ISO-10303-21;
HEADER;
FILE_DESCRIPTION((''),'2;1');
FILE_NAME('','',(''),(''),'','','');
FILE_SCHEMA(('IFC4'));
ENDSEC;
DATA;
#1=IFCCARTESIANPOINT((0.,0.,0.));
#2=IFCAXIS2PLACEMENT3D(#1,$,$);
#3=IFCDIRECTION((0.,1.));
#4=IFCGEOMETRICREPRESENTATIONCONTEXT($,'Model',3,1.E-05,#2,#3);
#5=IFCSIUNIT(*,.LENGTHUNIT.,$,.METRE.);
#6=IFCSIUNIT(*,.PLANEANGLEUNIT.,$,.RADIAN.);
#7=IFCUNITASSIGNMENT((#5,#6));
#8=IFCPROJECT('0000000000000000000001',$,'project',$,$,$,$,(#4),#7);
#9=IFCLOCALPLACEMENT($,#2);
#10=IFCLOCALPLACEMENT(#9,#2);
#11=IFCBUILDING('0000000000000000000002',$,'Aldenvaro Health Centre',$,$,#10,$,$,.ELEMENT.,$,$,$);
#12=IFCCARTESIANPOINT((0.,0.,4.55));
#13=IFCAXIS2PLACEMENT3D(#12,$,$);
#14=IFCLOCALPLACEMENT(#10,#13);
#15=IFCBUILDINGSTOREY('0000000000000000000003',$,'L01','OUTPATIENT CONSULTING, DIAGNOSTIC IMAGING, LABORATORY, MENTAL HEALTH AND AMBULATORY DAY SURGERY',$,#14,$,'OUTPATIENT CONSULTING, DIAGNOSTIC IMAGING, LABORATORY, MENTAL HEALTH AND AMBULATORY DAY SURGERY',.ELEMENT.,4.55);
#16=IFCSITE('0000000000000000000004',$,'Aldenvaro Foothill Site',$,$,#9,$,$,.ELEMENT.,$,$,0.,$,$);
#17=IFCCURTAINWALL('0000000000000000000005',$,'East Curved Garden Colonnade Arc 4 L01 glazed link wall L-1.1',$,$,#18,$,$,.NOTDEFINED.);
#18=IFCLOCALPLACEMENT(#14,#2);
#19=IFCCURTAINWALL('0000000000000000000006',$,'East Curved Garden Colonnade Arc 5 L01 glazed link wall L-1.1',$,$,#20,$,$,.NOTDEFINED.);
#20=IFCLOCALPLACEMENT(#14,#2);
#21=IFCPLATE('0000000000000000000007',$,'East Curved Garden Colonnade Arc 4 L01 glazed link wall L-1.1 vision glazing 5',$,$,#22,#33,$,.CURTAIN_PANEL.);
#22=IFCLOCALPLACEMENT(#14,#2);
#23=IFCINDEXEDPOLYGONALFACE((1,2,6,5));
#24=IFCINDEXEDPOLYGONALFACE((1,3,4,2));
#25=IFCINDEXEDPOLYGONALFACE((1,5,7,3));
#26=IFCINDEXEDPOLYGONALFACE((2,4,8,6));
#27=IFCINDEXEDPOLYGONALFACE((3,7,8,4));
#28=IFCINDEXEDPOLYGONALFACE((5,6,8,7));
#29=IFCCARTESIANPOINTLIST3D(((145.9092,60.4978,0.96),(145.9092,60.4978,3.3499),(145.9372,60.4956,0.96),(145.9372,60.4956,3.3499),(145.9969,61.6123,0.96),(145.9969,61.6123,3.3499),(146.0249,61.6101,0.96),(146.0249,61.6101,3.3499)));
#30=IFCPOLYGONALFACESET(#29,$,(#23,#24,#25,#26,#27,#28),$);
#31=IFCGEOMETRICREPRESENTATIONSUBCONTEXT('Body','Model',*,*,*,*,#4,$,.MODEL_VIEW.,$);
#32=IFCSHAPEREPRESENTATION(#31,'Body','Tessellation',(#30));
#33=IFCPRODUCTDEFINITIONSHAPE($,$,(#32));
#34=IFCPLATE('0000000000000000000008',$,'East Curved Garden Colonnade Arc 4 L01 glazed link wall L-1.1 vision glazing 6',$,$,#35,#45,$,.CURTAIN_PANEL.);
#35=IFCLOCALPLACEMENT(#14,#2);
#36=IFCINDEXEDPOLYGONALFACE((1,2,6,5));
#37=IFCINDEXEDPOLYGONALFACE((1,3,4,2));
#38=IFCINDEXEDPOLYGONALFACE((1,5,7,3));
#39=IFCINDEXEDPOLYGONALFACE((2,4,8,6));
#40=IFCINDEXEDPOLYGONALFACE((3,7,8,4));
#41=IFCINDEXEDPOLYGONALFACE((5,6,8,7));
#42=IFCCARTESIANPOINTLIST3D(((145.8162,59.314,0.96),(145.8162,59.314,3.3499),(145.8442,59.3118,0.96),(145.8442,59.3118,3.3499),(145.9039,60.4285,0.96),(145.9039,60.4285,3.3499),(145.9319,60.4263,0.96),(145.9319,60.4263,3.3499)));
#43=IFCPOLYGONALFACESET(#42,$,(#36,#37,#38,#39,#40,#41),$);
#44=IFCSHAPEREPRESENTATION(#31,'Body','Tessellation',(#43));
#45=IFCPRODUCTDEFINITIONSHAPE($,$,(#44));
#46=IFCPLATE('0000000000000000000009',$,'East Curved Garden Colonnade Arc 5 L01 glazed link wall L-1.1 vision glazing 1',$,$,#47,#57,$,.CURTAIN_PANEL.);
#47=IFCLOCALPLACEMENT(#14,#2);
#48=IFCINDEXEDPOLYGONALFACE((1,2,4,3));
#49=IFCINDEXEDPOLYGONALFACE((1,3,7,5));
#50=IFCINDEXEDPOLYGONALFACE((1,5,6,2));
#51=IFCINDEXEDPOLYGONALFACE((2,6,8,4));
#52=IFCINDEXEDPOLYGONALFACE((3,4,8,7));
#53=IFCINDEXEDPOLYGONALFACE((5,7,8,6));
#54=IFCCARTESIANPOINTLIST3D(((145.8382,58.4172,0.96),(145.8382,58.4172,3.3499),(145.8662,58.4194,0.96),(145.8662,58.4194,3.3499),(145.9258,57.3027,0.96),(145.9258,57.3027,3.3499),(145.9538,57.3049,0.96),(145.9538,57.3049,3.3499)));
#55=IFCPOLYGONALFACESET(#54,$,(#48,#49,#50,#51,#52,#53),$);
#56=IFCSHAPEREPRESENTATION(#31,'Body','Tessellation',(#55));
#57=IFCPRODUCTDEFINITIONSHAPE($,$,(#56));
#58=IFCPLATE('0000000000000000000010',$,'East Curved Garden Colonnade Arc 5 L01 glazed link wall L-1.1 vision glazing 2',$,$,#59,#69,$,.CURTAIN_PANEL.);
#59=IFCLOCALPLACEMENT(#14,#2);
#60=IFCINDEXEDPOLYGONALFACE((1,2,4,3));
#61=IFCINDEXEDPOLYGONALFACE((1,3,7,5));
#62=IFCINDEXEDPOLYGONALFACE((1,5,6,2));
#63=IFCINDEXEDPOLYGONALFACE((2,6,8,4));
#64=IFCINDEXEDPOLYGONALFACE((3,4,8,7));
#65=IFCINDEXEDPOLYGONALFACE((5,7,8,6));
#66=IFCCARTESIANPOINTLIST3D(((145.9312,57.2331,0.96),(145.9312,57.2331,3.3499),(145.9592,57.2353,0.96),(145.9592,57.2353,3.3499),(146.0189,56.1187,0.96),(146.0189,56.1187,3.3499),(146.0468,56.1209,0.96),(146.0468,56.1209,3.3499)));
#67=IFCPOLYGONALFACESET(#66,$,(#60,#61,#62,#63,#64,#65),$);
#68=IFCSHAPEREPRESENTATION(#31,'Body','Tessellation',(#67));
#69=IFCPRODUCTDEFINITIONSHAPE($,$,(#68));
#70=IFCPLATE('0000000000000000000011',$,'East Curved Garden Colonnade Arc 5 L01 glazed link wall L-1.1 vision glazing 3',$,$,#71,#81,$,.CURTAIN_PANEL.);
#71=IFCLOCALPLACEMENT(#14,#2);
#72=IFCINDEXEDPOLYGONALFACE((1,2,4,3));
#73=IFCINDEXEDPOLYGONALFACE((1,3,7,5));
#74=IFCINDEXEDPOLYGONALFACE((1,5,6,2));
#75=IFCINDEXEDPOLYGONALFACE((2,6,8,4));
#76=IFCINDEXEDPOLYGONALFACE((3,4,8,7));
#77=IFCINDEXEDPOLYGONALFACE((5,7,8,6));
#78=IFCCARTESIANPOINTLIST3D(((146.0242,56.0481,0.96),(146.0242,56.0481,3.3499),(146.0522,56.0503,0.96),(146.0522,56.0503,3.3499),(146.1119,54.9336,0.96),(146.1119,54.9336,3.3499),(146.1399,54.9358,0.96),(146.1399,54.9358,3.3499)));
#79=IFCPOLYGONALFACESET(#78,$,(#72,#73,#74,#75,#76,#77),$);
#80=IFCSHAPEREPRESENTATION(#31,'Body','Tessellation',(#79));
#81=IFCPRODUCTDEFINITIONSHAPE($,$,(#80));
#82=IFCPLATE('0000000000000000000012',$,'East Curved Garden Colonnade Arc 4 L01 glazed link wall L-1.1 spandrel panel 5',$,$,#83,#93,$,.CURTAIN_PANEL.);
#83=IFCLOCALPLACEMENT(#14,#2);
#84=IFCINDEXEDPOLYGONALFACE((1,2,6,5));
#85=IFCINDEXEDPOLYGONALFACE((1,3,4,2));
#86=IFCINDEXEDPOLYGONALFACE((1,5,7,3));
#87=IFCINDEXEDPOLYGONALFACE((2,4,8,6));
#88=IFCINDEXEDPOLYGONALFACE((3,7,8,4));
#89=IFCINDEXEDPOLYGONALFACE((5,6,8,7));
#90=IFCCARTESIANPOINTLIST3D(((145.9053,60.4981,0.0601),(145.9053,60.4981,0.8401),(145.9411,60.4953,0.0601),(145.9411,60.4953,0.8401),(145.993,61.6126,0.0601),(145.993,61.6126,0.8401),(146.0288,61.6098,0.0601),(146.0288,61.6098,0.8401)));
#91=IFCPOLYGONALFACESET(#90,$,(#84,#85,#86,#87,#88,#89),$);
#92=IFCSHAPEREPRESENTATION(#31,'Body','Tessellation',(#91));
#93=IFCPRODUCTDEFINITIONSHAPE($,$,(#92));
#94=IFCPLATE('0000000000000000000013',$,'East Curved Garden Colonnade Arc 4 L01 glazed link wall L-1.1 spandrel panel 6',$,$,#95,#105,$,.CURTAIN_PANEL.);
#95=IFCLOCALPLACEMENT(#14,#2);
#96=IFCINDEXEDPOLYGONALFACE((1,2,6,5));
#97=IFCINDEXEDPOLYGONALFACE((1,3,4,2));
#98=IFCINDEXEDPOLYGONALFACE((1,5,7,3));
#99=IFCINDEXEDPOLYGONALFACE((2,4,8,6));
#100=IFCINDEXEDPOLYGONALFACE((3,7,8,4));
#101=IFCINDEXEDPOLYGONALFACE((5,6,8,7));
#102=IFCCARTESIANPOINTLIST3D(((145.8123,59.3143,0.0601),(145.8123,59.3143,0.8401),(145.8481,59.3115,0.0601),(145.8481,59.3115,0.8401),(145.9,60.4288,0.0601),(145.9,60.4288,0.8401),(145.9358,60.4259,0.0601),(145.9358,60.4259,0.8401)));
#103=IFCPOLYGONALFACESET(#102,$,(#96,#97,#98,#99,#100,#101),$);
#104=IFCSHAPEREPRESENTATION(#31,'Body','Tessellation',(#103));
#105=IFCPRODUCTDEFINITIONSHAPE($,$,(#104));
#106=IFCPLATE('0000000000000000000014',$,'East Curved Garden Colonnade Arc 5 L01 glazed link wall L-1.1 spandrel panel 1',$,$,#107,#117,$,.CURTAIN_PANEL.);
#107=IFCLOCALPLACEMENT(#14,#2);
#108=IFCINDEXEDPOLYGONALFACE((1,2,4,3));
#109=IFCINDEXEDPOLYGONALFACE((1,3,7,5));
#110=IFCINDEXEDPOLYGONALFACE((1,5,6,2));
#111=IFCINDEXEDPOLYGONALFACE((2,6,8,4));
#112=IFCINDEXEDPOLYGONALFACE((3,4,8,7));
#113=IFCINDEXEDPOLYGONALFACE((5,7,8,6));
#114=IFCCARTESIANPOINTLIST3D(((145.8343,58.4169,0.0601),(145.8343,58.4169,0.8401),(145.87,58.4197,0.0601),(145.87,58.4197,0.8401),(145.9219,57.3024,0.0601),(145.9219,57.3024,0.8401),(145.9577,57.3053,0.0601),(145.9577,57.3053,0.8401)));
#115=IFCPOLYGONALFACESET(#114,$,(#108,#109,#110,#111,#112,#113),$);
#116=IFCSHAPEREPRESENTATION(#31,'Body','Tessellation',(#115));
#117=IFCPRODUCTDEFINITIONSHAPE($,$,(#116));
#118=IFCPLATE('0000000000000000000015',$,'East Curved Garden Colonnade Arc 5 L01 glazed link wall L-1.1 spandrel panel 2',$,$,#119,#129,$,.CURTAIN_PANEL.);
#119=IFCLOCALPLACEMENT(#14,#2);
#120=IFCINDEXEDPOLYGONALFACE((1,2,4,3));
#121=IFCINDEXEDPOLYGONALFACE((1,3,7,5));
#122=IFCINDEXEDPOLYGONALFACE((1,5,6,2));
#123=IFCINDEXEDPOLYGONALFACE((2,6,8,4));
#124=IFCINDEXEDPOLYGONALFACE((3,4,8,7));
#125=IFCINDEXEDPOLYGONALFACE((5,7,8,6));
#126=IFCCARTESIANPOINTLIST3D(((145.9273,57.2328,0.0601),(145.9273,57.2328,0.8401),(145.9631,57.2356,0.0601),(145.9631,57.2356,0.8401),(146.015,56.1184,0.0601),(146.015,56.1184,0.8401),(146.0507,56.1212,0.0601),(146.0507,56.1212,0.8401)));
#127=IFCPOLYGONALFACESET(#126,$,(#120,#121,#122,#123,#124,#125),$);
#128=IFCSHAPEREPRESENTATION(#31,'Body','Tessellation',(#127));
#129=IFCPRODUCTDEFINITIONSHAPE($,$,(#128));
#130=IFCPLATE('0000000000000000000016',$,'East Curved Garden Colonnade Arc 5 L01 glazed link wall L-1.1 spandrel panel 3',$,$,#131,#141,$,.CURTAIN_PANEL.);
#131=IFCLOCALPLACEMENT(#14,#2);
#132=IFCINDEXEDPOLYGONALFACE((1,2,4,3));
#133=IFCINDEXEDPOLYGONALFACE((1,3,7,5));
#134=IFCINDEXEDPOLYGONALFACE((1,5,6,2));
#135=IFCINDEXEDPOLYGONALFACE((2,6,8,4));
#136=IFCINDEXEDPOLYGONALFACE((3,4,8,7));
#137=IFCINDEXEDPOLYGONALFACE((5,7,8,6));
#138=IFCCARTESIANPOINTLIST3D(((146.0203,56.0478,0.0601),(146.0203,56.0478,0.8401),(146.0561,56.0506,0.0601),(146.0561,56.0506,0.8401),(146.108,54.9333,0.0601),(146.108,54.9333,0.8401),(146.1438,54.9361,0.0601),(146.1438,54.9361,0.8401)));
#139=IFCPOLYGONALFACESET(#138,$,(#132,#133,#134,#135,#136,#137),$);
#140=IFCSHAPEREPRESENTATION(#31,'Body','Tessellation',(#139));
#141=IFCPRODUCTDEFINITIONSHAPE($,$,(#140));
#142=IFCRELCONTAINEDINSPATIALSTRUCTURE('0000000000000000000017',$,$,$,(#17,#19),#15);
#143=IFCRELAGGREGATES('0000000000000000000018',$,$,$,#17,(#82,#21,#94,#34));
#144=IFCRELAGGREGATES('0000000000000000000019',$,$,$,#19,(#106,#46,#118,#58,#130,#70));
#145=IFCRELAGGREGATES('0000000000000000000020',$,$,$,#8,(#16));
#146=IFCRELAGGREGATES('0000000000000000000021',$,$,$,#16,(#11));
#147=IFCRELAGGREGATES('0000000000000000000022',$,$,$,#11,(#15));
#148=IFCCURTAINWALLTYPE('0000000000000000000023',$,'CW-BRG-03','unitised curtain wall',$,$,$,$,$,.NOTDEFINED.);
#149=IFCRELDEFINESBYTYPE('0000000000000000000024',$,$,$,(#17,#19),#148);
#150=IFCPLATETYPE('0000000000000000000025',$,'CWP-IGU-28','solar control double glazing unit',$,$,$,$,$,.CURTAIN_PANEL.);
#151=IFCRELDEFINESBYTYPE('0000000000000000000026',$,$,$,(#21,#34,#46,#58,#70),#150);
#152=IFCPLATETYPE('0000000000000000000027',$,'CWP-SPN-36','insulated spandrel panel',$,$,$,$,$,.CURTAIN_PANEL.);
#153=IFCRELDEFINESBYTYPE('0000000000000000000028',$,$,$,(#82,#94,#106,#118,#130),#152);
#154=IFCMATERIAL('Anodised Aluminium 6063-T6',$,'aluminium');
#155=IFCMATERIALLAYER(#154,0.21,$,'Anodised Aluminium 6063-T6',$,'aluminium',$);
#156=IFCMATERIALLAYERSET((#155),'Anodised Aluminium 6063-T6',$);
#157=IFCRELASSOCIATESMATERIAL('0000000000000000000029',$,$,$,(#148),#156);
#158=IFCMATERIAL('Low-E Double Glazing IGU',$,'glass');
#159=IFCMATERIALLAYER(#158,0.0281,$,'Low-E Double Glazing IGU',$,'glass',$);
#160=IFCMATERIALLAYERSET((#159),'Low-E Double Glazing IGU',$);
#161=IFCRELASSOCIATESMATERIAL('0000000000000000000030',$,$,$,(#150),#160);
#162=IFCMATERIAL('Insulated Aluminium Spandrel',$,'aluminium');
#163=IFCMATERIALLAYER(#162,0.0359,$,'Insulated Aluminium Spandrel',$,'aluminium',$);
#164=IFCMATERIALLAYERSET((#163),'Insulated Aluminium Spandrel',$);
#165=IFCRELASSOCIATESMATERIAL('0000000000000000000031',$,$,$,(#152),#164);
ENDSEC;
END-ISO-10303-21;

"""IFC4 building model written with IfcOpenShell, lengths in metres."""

from ifc_helpers import new_model, si_unit, direction, frame, origin, origin_2d, place, context, subcontext, project, spatial, rectangle, extrude, material, layer, layer_set, type_object, element, aggregate, save


model = new_model("IFC4")

# Units and contexts
model_context = context("Model", 3, precision=1e-05, world=origin(), true_north=direction((0.0, 1.0)))
body_context = subcontext(model_context, "Body", "Model", "MODEL_VIEW")
ifc_project = project(units=[si_unit("LENGTHUNIT", "METRE"), si_unit("PLANEANGLEUNIT", "RADIAN")], contexts=[model_context])

# Site, building, storey
site_placement = place(None, origin())
site = spatial("IfcSite", under=ifc_project, at=site_placement, Name="Aldenvaro Foothill Site", CompositionType="ELEMENT", RefElevation=0.0)
building_placement = place(site_placement, origin())
building = spatial("IfcBuilding", under=site, at=building_placement, Name="Aldenvaro Health Centre", CompositionType="ELEMENT")
storey_placement = place(building_placement, frame((0.0, 0.0, 4.55)))
storey = spatial("IfcBuildingStorey", under=building, at=storey_placement, Name="L01", Description="OUTPATIENT CONSULTING, DIAGNOSTIC IMAGING, LABORATORY, MENTAL HEALTH AND AMBULATORY DAY SURGERY", LongName="OUTPATIENT CONSULTING, DIAGNOSTIC IMAGING, LABORATORY, MENTAL HEALTH AND AMBULATORY DAY SURGERY", CompositionType="ELEMENT", Elevation=4.55)

# Curtain walls
ifc_material_1 = material(Name="Anodised Aluminium 6063-T6", Category="aluminium")
ifc_layer_1 = layer(ifc_material_1, 0.21, Name="Anodised Aluminium 6063-T6", Category="aluminium")
ifc_layer_set_1 = layer_set([ifc_layer_1], Name="Anodised Aluminium 6063-T6")
curtain_wall_type = type_object("IfcCurtainWallType", Name="CW-BRG-03", Description="unitised curtain wall", PredefinedType="NOTDEFINED", material=ifc_layer_set_1)
curtain_wall_1_placement = place(storey_placement, origin())
curtain_wall_1 = element("IfcCurtainWall", 1, at=curtain_wall_1_placement, inside=storey, type_object=curtain_wall_type, Name="East Curved Garden Colonnade Arc 4 L01 glazed link wall L-1.1", PredefinedType="NOTDEFINED")
curtain_wall_2_placement = place(storey_placement, origin())
curtain_wall_2 = element("IfcCurtainWall", 2, at=curtain_wall_2_placement, inside=storey, type_object=curtain_wall_type, Name="East Curved Garden Colonnade Arc 5 L01 glazed link wall L-1.1", PredefinedType="NOTDEFINED")

# Plates
ifc_material_2 = material(Name="Low-E Double Glazing IGU", Category="glass")
ifc_layer_2 = layer(ifc_material_2, 0.0281, Name="Low-E Double Glazing IGU", Category="glass")
ifc_layer_set_2 = layer_set([ifc_layer_2], Name="Low-E Double Glazing IGU")
plate_type_1 = type_object("IfcPlateType", Name="CWP-IGU-28", Description="solar control double glazing unit", PredefinedType="CURTAIN_PANEL", material=ifc_layer_set_2)
plate_1_placement = place(storey_placement, frame((145.967, 61.054, 0.96), z_axis=(0.0, 0.0, 1.0), x_axis=(-0.078435, -0.996919, 0.0)))
plate_1 = element("IfcPlate", 3, at=plate_1_placement, type_object=plate_type_1, Name="East Curved Garden Colonnade Arc 4 L01 glazed link wall L-1.1 vision glazing 5", PredefinedType="CURTAIN_PANEL", context=body_context, shape_type="SweptSolid", body=[
    extrude(rectangle(XDim=1.1179, YDim=0.0281, at=origin_2d()), origin(), (0.0, 0.0, 1.0), 2.3899),
])
plate_2_placement = place(storey_placement, frame((145.874, 59.8701, 0.96), z_axis=(0.0, 0.0, 1.0), x_axis=(-0.078435, -0.996919, 0.0)))
plate_2 = element("IfcPlate", 4, at=plate_2_placement, type_object=plate_type_1, Name="East Curved Garden Colonnade Arc 4 L01 glazed link wall L-1.1 vision glazing 6", PredefinedType="CURTAIN_PANEL", context=body_context, shape_type="SweptSolid", body=[
    extrude(rectangle(XDim=1.1179, YDim=0.0281, at=origin_2d()), origin(), (0.0, 0.0, 1.0), 2.3899),
])
plate_3_placement = place(storey_placement, frame((145.896, 57.8611, 0.96), z_axis=(0.0, 0.0, 1.0), x_axis=(0.078424, -0.99692, 0.0)))
plate_3 = element("IfcPlate", 5, at=plate_3_placement, type_object=plate_type_1, Name="East Curved Garden Colonnade Arc 5 L01 glazed link wall L-1.1 vision glazing 1", PredefinedType="CURTAIN_PANEL", context=body_context, shape_type="SweptSolid", body=[
    extrude(rectangle(XDim=1.1179, YDim=0.0281, at=origin_2d()), origin(), (0.0, 0.0, 1.0), 2.3899),
])
plate_4_placement = place(storey_placement, frame((145.989, 56.677, 0.96), z_axis=(0.0, 0.0, 1.0), x_axis=(0.078424, -0.99692, 0.0)))
plate_4 = element("IfcPlate", 6, at=plate_4_placement, type_object=plate_type_1, Name="East Curved Garden Colonnade Arc 5 L01 glazed link wall L-1.1 vision glazing 2", PredefinedType="CURTAIN_PANEL", context=body_context, shape_type="SweptSolid", body=[
    extrude(rectangle(XDim=1.1179, YDim=0.0281, at=origin_2d()), origin(), (0.0, 0.0, 1.0), 2.3899),
])
plate_5_placement = place(storey_placement, frame((146.082, 55.4919, 0.96), z_axis=(0.0, 0.0, 1.0), x_axis=(0.078424, -0.99692, 0.0)))
plate_5 = element("IfcPlate", 7, at=plate_5_placement, type_object=plate_type_1, Name="East Curved Garden Colonnade Arc 5 L01 glazed link wall L-1.1 vision glazing 3", PredefinedType="CURTAIN_PANEL", context=body_context, shape_type="SweptSolid", body=[
    extrude(rectangle(XDim=1.1179, YDim=0.0281, at=origin_2d()), origin(), (0.0, 0.0, 1.0), 2.3899),
])
ifc_material_3 = material(Name="Insulated Aluminium Spandrel", Category="aluminium")
ifc_layer_3 = layer(ifc_material_3, 0.0359, Name="Insulated Aluminium Spandrel", Category="aluminium")
ifc_layer_set_3 = layer_set([ifc_layer_3], Name="Insulated Aluminium Spandrel")
plate_type_2 = type_object("IfcPlateType", Name="CWP-SPN-36", Description="insulated spandrel panel", PredefinedType="CURTAIN_PANEL", material=ifc_layer_set_3)
plate_6_placement = place(storey_placement, frame((145.967, 61.054, 0.0601), z_axis=(0.0, 0.0, 1.0), x_axis=(-0.078435, -0.996919, 0.0)))
plate_6 = element("IfcPlate", 8, at=plate_6_placement, type_object=plate_type_2, Name="East Curved Garden Colonnade Arc 4 L01 glazed link wall L-1.1 spandrel panel 5", PredefinedType="CURTAIN_PANEL", context=body_context, shape_type="SweptSolid", body=[
    extrude(rectangle(XDim=1.1179, YDim=0.0359, at=origin_2d()), origin(), (0.0, 0.0, 1.0), 0.78),
])
plate_7_placement = place(storey_placement, frame((145.874, 59.8701, 0.0601), z_axis=(0.0, 0.0, 1.0), x_axis=(-0.078435, -0.996919, 0.0)))
plate_7 = element("IfcPlate", 9, at=plate_7_placement, type_object=plate_type_2, Name="East Curved Garden Colonnade Arc 4 L01 glazed link wall L-1.1 spandrel panel 6", PredefinedType="CURTAIN_PANEL", context=body_context, shape_type="SweptSolid", body=[
    extrude(rectangle(XDim=1.1179, YDim=0.0359, at=origin_2d()), origin(), (0.0, 0.0, 1.0), 0.78),
])
aggregate(curtain_wall_1, [plate_6, plate_1, plate_7, plate_2])
plate_8_placement = place(storey_placement, frame((145.896, 57.8611, 0.0601), z_axis=(0.0, 0.0, 1.0), x_axis=(0.078424, -0.99692, 0.0)))
plate_8 = element("IfcPlate", 10, at=plate_8_placement, type_object=plate_type_2, Name="East Curved Garden Colonnade Arc 5 L01 glazed link wall L-1.1 spandrel panel 1", PredefinedType="CURTAIN_PANEL", context=body_context, shape_type="SweptSolid", body=[
    extrude(rectangle(XDim=1.1179, YDim=0.0359, at=origin_2d()), origin(), (0.0, 0.0, 1.0), 0.78),
])
plate_9_placement = place(storey_placement, frame((145.989, 56.677, 0.0601), z_axis=(0.0, 0.0, 1.0), x_axis=(0.078424, -0.99692, 0.0)))
plate_9 = element("IfcPlate", 11, at=plate_9_placement, type_object=plate_type_2, Name="East Curved Garden Colonnade Arc 5 L01 glazed link wall L-1.1 spandrel panel 2", PredefinedType="CURTAIN_PANEL", context=body_context, shape_type="SweptSolid", body=[
    extrude(rectangle(XDim=1.1179, YDim=0.0359, at=origin_2d()), origin(), (0.0, 0.0, 1.0), 0.78),
])
plate_10_placement = place(storey_placement, frame((146.082, 55.4919, 0.0601), z_axis=(0.0, 0.0, 1.0), x_axis=(0.078424, -0.99692, 0.0)))
plate_10 = element("IfcPlate", 12, at=plate_10_placement, type_object=plate_type_2, Name="East Curved Garden Colonnade Arc 5 L01 glazed link wall L-1.1 spandrel panel 3", PredefinedType="CURTAIN_PANEL", context=body_context, shape_type="SweptSolid", body=[
    extrude(rectangle(XDim=1.1179, YDim=0.0359, at=origin_2d()), origin(), (0.0, 0.0, 1.0), 0.78),
])
aggregate(curtain_wall_2, [plate_8, plate_3, plate_9, plate_4, plate_10, plate_5])

save(model, "model.ifc")
